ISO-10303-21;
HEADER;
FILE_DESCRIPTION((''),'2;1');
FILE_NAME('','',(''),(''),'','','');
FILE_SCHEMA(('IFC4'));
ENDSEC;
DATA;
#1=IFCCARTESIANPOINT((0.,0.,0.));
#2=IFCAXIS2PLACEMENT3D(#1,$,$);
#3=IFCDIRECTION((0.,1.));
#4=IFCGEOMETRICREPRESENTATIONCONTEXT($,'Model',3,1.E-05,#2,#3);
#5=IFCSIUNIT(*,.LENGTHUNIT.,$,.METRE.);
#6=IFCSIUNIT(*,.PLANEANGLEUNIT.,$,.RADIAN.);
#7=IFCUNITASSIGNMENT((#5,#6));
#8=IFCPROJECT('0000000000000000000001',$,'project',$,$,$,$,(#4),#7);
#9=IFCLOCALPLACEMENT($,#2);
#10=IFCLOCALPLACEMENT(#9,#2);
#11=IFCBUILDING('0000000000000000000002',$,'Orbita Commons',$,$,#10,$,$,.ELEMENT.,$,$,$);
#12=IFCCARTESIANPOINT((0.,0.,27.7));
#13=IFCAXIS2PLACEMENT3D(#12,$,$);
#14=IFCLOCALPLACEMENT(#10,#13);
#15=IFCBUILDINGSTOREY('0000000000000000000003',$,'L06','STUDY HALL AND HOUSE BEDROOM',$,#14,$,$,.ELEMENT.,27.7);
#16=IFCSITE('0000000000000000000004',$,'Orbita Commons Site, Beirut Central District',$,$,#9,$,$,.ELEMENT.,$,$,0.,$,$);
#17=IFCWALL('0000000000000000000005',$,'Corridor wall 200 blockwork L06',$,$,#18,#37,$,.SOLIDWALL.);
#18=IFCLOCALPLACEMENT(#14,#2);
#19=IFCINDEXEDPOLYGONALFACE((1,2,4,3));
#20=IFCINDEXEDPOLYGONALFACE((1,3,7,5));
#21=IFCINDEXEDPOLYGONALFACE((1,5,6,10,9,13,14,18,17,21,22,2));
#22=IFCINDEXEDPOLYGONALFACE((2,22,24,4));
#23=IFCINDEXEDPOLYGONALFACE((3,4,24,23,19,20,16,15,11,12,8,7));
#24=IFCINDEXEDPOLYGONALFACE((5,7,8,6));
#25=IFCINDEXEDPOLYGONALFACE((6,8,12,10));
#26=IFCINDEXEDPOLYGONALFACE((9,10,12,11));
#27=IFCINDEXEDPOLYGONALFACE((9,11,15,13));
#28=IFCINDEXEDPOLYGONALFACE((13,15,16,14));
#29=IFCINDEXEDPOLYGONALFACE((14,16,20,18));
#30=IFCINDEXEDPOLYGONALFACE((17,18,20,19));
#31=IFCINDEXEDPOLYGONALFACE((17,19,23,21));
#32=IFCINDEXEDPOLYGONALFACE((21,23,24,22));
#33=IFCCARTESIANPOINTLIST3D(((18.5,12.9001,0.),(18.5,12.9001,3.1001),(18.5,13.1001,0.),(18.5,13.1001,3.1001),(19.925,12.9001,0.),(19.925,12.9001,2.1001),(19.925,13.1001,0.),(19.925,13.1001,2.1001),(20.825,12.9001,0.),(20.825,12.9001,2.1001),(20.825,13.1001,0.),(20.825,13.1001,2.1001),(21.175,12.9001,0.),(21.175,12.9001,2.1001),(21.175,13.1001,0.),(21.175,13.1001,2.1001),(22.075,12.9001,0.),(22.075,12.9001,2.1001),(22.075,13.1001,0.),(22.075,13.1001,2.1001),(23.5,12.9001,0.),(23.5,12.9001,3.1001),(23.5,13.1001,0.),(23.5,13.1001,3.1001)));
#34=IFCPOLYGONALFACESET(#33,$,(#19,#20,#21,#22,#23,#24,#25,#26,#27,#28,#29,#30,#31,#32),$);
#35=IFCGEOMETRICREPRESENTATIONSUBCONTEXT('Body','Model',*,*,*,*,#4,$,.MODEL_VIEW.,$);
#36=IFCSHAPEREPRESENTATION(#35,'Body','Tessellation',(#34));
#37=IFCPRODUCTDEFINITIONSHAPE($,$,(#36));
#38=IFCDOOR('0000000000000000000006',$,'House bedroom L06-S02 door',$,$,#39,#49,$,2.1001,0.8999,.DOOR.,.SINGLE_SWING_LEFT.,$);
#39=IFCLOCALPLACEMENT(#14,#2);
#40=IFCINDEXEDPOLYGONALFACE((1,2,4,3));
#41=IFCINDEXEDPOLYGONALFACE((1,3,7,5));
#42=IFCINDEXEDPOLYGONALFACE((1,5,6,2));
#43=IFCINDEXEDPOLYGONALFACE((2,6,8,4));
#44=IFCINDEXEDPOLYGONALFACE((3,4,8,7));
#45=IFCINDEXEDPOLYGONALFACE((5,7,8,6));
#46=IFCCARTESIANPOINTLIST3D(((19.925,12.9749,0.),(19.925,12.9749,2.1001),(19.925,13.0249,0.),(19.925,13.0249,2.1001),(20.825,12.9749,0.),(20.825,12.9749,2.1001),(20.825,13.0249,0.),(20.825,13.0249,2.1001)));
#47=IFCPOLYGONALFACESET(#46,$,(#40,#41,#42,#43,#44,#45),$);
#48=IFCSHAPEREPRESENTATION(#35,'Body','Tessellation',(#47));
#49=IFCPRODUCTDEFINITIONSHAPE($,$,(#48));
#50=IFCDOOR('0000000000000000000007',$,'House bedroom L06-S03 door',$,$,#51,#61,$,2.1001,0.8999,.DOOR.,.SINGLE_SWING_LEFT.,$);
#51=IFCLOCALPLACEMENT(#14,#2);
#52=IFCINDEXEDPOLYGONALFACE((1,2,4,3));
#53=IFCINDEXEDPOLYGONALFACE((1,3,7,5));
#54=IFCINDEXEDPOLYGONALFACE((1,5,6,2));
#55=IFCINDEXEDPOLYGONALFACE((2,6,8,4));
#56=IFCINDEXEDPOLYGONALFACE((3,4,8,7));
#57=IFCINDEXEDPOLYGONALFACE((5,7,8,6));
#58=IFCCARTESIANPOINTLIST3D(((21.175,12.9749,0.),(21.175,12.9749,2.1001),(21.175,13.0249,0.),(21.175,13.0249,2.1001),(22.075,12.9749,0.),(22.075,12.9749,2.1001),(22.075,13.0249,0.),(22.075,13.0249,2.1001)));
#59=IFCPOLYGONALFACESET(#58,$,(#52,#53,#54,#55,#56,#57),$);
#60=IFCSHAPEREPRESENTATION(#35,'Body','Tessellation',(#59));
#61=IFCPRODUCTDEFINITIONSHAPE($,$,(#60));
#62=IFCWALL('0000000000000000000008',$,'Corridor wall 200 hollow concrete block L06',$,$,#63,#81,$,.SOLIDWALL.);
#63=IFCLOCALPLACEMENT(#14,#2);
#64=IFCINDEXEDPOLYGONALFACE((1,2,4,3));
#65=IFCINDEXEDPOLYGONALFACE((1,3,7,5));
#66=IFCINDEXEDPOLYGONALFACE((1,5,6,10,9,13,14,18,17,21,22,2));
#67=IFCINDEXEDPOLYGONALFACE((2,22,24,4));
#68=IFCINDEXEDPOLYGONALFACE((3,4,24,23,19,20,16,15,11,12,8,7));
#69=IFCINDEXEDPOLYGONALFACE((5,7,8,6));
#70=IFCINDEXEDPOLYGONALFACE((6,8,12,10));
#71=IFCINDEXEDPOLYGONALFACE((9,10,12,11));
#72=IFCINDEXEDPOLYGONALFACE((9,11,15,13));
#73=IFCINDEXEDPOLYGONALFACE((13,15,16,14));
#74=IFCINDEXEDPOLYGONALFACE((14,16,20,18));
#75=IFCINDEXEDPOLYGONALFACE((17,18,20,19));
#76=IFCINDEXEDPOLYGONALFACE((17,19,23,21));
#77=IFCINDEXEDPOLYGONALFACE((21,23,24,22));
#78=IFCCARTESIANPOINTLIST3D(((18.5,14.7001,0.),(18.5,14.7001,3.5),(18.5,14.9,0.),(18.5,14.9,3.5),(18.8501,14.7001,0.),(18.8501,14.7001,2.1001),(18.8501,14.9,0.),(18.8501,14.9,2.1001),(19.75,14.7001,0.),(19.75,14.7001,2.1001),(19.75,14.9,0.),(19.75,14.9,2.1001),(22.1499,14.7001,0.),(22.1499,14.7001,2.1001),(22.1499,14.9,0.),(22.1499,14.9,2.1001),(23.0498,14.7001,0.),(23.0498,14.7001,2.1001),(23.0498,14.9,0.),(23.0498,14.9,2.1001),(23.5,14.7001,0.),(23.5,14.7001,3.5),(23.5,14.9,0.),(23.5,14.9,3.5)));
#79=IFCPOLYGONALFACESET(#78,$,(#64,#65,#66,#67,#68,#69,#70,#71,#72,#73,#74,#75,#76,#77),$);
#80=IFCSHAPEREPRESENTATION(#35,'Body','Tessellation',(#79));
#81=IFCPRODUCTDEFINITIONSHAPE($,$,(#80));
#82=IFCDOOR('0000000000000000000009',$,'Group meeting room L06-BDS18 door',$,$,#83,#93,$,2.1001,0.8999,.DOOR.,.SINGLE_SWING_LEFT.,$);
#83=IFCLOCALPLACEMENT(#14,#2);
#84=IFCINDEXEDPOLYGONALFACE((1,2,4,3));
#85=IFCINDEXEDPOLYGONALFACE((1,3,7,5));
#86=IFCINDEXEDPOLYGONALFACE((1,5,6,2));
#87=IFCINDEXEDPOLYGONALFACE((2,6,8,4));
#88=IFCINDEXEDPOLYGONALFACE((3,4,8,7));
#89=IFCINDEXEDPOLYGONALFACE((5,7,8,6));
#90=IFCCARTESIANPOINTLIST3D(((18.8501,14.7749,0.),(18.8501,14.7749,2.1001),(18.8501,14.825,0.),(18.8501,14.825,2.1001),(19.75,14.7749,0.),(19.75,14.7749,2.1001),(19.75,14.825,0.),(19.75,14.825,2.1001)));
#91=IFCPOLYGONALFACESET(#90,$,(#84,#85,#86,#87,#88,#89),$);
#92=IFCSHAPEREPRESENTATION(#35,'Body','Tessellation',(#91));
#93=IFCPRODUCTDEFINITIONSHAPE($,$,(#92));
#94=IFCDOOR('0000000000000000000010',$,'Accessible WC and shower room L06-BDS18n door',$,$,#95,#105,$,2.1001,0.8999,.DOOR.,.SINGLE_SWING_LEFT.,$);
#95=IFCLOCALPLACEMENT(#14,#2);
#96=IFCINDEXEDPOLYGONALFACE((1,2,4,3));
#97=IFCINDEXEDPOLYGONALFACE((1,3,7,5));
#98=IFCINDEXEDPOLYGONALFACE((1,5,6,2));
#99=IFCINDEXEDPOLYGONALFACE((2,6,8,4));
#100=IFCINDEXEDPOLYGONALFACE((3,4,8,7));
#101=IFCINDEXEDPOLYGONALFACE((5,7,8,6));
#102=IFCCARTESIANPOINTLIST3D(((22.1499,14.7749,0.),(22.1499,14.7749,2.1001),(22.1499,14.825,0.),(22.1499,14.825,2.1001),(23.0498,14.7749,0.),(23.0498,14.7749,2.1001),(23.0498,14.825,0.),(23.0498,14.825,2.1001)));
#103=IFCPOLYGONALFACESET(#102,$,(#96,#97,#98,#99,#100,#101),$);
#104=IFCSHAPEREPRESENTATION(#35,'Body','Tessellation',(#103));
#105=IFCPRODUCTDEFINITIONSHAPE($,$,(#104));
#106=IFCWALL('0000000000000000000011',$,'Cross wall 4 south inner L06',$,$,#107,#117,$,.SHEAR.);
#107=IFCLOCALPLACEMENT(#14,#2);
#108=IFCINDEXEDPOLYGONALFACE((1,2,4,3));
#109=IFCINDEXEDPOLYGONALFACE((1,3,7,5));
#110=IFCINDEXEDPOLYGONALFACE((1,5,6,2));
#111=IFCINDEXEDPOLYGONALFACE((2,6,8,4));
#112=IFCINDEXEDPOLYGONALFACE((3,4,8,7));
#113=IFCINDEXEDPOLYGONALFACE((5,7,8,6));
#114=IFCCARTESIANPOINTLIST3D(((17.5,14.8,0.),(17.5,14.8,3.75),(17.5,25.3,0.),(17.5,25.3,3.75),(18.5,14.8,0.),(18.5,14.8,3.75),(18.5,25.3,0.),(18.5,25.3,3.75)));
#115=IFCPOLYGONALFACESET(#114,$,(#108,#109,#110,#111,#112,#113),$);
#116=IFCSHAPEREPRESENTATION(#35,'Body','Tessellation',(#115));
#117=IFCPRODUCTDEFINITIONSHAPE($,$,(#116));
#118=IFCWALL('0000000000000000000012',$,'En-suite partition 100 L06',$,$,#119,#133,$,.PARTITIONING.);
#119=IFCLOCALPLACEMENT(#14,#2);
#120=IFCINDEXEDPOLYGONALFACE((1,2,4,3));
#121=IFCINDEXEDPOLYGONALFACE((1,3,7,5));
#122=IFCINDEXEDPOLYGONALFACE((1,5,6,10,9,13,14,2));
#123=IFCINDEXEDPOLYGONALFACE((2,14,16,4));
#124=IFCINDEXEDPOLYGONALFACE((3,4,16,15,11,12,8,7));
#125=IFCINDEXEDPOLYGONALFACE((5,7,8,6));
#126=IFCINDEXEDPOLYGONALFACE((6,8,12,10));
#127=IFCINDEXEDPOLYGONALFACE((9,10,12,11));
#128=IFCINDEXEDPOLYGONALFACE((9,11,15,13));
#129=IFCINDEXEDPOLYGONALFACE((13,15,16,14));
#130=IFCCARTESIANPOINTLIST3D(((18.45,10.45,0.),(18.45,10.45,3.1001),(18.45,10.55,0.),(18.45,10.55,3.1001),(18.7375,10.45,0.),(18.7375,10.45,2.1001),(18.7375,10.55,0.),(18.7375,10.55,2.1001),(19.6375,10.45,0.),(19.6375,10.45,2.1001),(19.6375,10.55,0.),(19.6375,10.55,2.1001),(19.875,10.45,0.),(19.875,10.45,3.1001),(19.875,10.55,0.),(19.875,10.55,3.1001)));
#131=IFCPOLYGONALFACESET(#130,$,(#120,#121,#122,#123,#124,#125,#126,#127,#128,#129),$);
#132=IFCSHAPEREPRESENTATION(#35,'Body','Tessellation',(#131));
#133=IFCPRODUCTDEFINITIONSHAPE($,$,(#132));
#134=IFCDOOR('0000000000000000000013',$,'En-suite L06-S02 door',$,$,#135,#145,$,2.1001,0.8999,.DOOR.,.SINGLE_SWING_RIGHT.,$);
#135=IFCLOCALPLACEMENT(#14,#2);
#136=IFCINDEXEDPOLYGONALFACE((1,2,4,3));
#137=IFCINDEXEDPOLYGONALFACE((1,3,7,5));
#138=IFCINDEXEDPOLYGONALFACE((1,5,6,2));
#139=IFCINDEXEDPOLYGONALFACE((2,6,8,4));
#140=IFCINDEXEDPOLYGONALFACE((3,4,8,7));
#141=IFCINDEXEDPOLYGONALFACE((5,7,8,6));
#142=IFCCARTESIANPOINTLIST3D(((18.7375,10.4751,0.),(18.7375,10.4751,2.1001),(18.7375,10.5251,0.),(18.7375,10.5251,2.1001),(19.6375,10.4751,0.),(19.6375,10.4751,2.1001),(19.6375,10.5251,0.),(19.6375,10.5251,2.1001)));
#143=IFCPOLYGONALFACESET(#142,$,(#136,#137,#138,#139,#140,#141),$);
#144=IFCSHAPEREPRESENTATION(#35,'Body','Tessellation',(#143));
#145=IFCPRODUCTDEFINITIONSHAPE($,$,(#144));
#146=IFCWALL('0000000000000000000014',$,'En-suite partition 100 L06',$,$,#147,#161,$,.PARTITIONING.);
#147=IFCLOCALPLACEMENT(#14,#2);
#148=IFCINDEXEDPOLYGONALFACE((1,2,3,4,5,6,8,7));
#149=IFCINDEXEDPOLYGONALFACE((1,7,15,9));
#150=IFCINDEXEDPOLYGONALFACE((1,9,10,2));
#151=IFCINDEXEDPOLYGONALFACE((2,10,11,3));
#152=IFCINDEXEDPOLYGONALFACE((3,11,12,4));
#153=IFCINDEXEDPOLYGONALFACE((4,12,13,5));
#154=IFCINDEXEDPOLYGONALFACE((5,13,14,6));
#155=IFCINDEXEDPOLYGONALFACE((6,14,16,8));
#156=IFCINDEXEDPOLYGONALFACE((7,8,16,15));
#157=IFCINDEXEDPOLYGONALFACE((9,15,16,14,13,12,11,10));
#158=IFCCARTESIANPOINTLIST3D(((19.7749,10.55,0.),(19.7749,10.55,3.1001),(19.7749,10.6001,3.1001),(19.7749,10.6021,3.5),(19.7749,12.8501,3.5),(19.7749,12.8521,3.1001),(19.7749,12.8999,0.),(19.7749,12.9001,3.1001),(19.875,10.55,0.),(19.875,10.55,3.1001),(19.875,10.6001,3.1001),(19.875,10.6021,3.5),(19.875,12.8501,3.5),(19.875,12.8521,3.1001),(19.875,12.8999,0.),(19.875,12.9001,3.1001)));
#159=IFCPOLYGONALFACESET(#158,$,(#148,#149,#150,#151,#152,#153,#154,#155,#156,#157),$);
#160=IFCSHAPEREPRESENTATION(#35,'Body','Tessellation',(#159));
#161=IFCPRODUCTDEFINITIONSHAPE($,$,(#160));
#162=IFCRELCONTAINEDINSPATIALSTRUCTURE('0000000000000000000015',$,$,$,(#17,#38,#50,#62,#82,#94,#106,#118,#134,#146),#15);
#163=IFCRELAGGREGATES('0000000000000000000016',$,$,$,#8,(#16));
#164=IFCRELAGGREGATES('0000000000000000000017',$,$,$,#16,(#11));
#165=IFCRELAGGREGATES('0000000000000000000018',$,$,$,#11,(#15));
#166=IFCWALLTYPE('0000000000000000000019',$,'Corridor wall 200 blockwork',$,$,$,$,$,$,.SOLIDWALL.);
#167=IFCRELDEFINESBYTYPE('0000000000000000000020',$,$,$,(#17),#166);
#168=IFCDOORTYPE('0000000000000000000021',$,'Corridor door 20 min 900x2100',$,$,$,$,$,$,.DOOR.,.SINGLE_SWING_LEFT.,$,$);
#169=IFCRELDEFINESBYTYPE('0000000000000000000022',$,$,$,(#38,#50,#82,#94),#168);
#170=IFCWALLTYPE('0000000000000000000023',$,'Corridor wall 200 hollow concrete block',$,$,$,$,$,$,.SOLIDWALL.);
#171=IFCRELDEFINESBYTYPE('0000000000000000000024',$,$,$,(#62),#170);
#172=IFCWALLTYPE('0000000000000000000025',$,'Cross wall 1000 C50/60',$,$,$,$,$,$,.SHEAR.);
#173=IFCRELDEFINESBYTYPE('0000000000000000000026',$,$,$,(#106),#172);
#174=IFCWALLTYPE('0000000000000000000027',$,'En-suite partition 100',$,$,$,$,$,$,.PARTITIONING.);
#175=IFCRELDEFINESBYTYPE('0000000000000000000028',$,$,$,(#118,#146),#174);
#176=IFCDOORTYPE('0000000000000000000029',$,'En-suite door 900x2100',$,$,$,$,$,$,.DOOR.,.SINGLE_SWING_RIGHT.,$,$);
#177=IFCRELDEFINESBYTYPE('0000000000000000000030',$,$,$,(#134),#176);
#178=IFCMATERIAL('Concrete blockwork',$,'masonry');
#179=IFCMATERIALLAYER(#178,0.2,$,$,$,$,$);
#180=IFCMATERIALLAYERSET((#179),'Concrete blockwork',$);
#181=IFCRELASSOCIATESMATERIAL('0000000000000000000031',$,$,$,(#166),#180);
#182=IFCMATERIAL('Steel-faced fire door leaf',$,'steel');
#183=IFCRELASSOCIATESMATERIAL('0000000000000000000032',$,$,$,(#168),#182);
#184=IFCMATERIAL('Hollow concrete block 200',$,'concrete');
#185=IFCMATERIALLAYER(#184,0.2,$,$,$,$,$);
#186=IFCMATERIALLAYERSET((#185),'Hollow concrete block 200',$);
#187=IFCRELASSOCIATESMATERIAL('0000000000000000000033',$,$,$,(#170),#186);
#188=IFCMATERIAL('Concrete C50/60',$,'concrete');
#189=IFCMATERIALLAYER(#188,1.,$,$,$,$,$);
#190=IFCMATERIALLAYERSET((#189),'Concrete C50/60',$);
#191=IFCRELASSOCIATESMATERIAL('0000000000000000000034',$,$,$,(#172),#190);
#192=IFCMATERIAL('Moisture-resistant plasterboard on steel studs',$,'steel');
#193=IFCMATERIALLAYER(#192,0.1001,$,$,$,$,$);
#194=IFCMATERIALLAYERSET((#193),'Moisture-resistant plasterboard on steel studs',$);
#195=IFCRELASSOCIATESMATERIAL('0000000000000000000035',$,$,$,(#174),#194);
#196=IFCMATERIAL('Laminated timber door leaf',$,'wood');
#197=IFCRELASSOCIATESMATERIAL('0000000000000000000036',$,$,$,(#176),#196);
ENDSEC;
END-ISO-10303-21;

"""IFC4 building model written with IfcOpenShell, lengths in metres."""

from ifc_helpers import new_model, si_unit, direction, frame, frame_2d, origin, place, context, subcontext, project, spatial, polyline, rectangle, outline, extrude, material, layer, layer_set, type_object, element, fill, save


model = new_model("IFC4")

# Units and contexts
model_context = context("Model", 3, precision=1e-05, world=origin(), true_north=direction((0.0, 1.0)))
body_context = subcontext(model_context, "Body", "Model", "MODEL_VIEW")
ifc_project = project(units=[si_unit("LENGTHUNIT", "METRE"), si_unit("PLANEANGLEUNIT", "RADIAN")], contexts=[model_context])

# Site, building, storey
site_placement = place(None, origin())
site = spatial("IfcSite", under=ifc_project, at=site_placement, Name="Orbita Commons Site, Beirut Central District", CompositionType="ELEMENT", RefElevation=0.0)
building_placement = place(site_placement, origin())
building = spatial("IfcBuilding", under=site, at=building_placement, Name="Orbita Commons", CompositionType="ELEMENT")
storey_placement = place(building_placement, frame((0.0, 0.0, 27.7)))
storey = spatial("IfcBuildingStorey", under=building, at=storey_placement, Name="L06", Description="STUDY HALL AND HOUSE BEDROOM", CompositionType="ELEMENT", Elevation=27.7)

# Walls, openings, doors
ifc_material_1 = material(Name="Concrete blockwork", Category="masonry")
ifc_layer_1 = layer(ifc_material_1, 0.2)
ifc_layer_set_1 = layer_set([ifc_layer_1], Name="Concrete blockwork")
wall_type_1 = type_object("IfcWallType", Name="Corridor wall 200 blockwork", PredefinedType="SOLIDWALL", material=ifc_layer_set_1)
wall_1_placement = place(storey_placement, frame((18.5, 13.0, 0.0), z_axis=(0.0, 0.0, 1.0), x_axis=(1.0, 0.0, 0.0)))
wall_1 = element("IfcWall", 1, at=wall_1_placement, inside=storey, type_object=wall_type_1, Name="Corridor wall 200 blockwork L06", PredefinedType="SOLIDWALL", context=body_context, shape_type="SweptSolid", body=[
    extrude(outline(polyline([(0.0, 0.0), (5.0, 0.0), (5.0, 3.1001), (0.0, 3.1001), (0.0, 0.0)])), frame((0.0, 0.1001, 0.0), z_axis=(0.0, -1.0, 0.0), x_axis=(1.0, 0.0, 0.0)), (0.0, 0.0, 1.0), 0.2),
])
opening_1_placement = place(wall_1_placement, frame((1.425, 0.0, 0.0)))
opening_1 = element("IfcOpeningElement", 2, at=opening_1_placement, cuts=wall_1, PredefinedType="OPENING", context=body_context, shape_type="SweptSolid", body=[
    extrude(rectangle(XDim=0.8999, YDim=2.1001, at=frame_2d((0.45, 1.05))), frame((0.0, 0.1099, 0.0), z_axis=(0.0, -1.0, 0.0), x_axis=(1.0, 0.0, 0.0)), (0.0, 0.0, 1.0), 0.22),
])
opening_2_placement = place(wall_1_placement, frame((2.675, 0.0, 0.0)))
opening_2 = element("IfcOpeningElement", 3, at=opening_2_placement, cuts=wall_1, PredefinedType="OPENING", context=body_context, shape_type="SweptSolid", body=[
    extrude(rectangle(XDim=0.8999, YDim=2.1001, at=frame_2d((0.45, 1.05))), frame((0.0, 0.1099, 0.0), z_axis=(0.0, -1.0, 0.0), x_axis=(1.0, 0.0, 0.0)), (0.0, 0.0, 1.0), 0.22),
])
ifc_material_2 = material(Name="Steel-faced fire door leaf", Category="steel")
door_type_1 = type_object("IfcDoorType", Name="Corridor door 20 min 900x2100", OperationType="SINGLE_SWING_LEFT", PredefinedType="DOOR", material=ifc_material_2)
door_1_placement = place(opening_1_placement, origin())
door_1 = element("IfcDoor", 4, at=door_1_placement, inside=storey, type_object=door_type_1, Name="House bedroom L06-S02 door", OperationType="SINGLE_SWING_LEFT", OverallHeight=2.1001, OverallWidth=0.8999, PredefinedType="DOOR", context=body_context, shape_type="SweptSolid", body=[
    extrude(rectangle(XDim=0.8999, YDim=2.1001, at=frame_2d((0.45, 1.05))), frame((0.0, 0.0249, 0.0), z_axis=(0.0, -1.0, 0.0), x_axis=(1.0, 0.0, 0.0)), (0.0, 0.0, 1.0), 0.05),
])
fill(opening_1, door_1)
door_2_placement = place(opening_2_placement, origin())
door_2 = element("IfcDoor", 5, at=door_2_placement, inside=storey, type_object=door_type_1, Name="House bedroom L06-S03 door", OperationType="SINGLE_SWING_LEFT", OverallHeight=2.1001, OverallWidth=0.8999, PredefinedType="DOOR", context=body_context, shape_type="SweptSolid", body=[
    extrude(rectangle(XDim=0.8999, YDim=2.1001, at=frame_2d((0.45, 1.05))), frame((0.0, 0.0249, 0.0), z_axis=(0.0, -1.0, 0.0), x_axis=(1.0, 0.0, 0.0)), (0.0, 0.0, 1.0), 0.05),
])
fill(opening_2, door_2)
ifc_material_3 = material(Name="Hollow concrete block 200", Category="concrete")
ifc_layer_2 = layer(ifc_material_3, 0.2)
ifc_layer_set_2 = layer_set([ifc_layer_2], Name="Hollow concrete block 200")
wall_type_2 = type_object("IfcWallType", Name="Corridor wall 200 hollow concrete block", PredefinedType="SOLIDWALL", material=ifc_layer_set_2)
wall_2_placement = place(storey_placement, frame((18.5, 14.8, 0.0), z_axis=(0.0, 0.0, 1.0), x_axis=(1.0, 0.0, 0.0)))
wall_2 = element("IfcWall", 6, at=wall_2_placement, inside=storey, type_object=wall_type_2, Name="Corridor wall 200 hollow concrete block L06", PredefinedType="SOLIDWALL", context=body_context, shape_type="SweptSolid", body=[
    extrude(rectangle(XDim=5.0, YDim=0.2, at=frame_2d((2.5, 0.0))), origin(), (0.0, 0.0, 1.0), 3.5),
])
opening_3_placement = place(wall_2_placement, frame((0.3501, 0.0, 0.0)))
opening_3 = element("IfcOpeningElement", 7, at=opening_3_placement, cuts=wall_2, PredefinedType="OPENING", context=body_context, shape_type="SweptSolid", body=[
    extrude(rectangle(XDim=0.8999, YDim=2.1001, at=frame_2d((0.45, 1.05))), frame((0.0, 0.1099, 0.0), z_axis=(0.0, -1.0, 0.0), x_axis=(1.0, 0.0, 0.0)), (0.0, 0.0, 1.0), 0.22),
])
opening_4_placement = place(wall_2_placement, frame((3.6499, 0.0, 0.0)))
opening_4 = element("IfcOpeningElement", 8, at=opening_4_placement, cuts=wall_2, PredefinedType="OPENING", context=body_context, shape_type="SweptSolid", body=[
    extrude(rectangle(XDim=0.8999, YDim=2.1001, at=frame_2d((0.45, 1.05))), frame((0.0, 0.1099, 0.0), z_axis=(0.0, -1.0, 0.0), x_axis=(1.0, 0.0, 0.0)), (0.0, 0.0, 1.0), 0.22),
])
door_3_placement = place(opening_3_placement, origin())
door_3 = element("IfcDoor", 9, at=door_3_placement, inside=storey, type_object=door_type_1, Name="Group meeting room L06-BDS18 door", OperationType="SINGLE_SWING_LEFT", OverallHeight=2.1001, OverallWidth=0.8999, PredefinedType="DOOR", context=body_context, shape_type="SweptSolid", body=[
    extrude(rectangle(XDim=0.8999, YDim=2.1001, at=frame_2d((0.45, 1.05))), frame((0.0, 0.0249, 0.0), z_axis=(0.0, -1.0, 0.0), x_axis=(1.0, 0.0, 0.0)), (0.0, 0.0, 1.0), 0.05),
])
fill(opening_3, door_3)
door_4_placement = place(opening_4_placement, origin())
door_4 = element("IfcDoor", 10, at=door_4_placement, inside=storey, type_object=door_type_1, Name="Accessible WC and shower room L06-BDS18n door", OperationType="SINGLE_SWING_LEFT", OverallHeight=2.1001, OverallWidth=0.8999, PredefinedType="DOOR", context=body_context, shape_type="SweptSolid", body=[
    extrude(rectangle(XDim=0.8999, YDim=2.1001, at=frame_2d((0.45, 1.05))), frame((0.0, 0.0249, 0.0), z_axis=(0.0, -1.0, 0.0), x_axis=(1.0, 0.0, 0.0)), (0.0, 0.0, 1.0), 0.05),
])
fill(opening_4, door_4)

# Wall
ifc_material_4 = material(Name="Concrete C50/60", Category="concrete")
ifc_layer_3 = layer(ifc_material_4, 1.0)
ifc_layer_set_3 = layer_set([ifc_layer_3], Name="Concrete C50/60")
wall_type_3 = type_object("IfcWallType", Name="Cross wall 1000 C50/60", PredefinedType="SHEAR", material=ifc_layer_set_3)
wall_3_placement = place(storey_placement, frame((18.0, 14.8, 0.0), z_axis=(0.0, 0.0, 1.0), x_axis=(0.0, 1.0, 0.0)))
element("IfcWall", 11, at=wall_3_placement, inside=storey, type_object=wall_type_3, Name="Cross wall 4 south inner L06", PredefinedType="SHEAR", context=body_context, shape_type="SweptSolid", body=[
    extrude(rectangle(XDim=10.5, YDim=1.0, at=frame_2d((5.25, 0.0))), origin(), (0.0, 0.0, 1.0), 3.75),
])

# Wall, opening, door
ifc_material_5 = material(Name="Moisture-resistant plasterboard on steel studs", Category="steel")
ifc_layer_4 = layer(ifc_material_5, 0.1001)
ifc_layer_set_4 = layer_set([ifc_layer_4], Name="Moisture-resistant plasterboard on steel studs")
wall_type_4 = type_object("IfcWallType", Name="En-suite partition 100", PredefinedType="PARTITIONING", material=ifc_layer_set_4)
wall_4_placement = place(storey_placement, frame((19.875, 10.5, 0.0), z_axis=(0.0, 0.0, 1.0), x_axis=(-1.0, 0.0, 0.0)))
wall_4 = element("IfcWall", 12, at=wall_4_placement, inside=storey, type_object=wall_type_4, Name="En-suite partition 100 L06", PredefinedType="PARTITIONING", context=body_context, shape_type="SweptSolid", body=[
    extrude(outline(polyline([(0.0, 0.0), (1.425, 0.0), (1.425, 3.1001), (0.0, 3.1001), (0.0, 0.0)])), frame((0.0, 0.05, 0.0), z_axis=(0.0, -1.0, 0.0), x_axis=(1.0, 0.0, 0.0)), (0.0, 0.0, 1.0), 0.1001),
])
opening_5_placement = place(wall_4_placement, frame((0.2375, 0.0, 0.0)))
opening_5 = element("IfcOpeningElement", 13, at=opening_5_placement, cuts=wall_4, PredefinedType="OPENING", context=body_context, shape_type="SweptSolid", body=[
    extrude(rectangle(XDim=0.8999, YDim=2.1001, at=frame_2d((0.45, 1.05))), frame((0.0, 0.0601, 0.0), z_axis=(0.0, -1.0, 0.0), x_axis=(1.0, 0.0, 0.0)), (0.0, 0.0, 1.0), 0.1201),
])
ifc_material_6 = material(Name="Laminated timber door leaf", Category="wood")
door_type_2 = type_object("IfcDoorType", Name="En-suite door 900x2100", OperationType="SINGLE_SWING_RIGHT", PredefinedType="DOOR", material=ifc_material_6)
door_5_placement = place(opening_5_placement, origin())
door_5 = element("IfcDoor", 14, at=door_5_placement, inside=storey, type_object=door_type_2, Name="En-suite L06-S02 door", OperationType="SINGLE_SWING_RIGHT", OverallHeight=2.1001, OverallWidth=0.8999, PredefinedType="DOOR", context=body_context, shape_type="SweptSolid", body=[
    extrude(rectangle(XDim=0.8999, YDim=2.1001, at=frame_2d((0.45, 1.05))), frame((0.0, 0.0249, 0.0), z_axis=(0.0, -1.0, 0.0), x_axis=(1.0, 0.0, 0.0)), (0.0, 0.0, 1.0), 0.05),
])
fill(opening_5, door_5)

# Wall
for number, where, z_axis, x_axis, name in (
    (15, (19.825, 10.55, 0.0), (0.0, 0.0, 1.0), (0.0, 1.0, 0.0), "En-suite partition 100 L06"),
):
    element("IfcWall", number, at=place(storey_placement, frame(where, z_axis=z_axis, x_axis=x_axis)), inside=storey, type_object=wall_type_4, Name=name, PredefinedType="PARTITIONING", context=body_context, shape_type="SweptSolid", body=[
        extrude(outline(polyline([(0.0, 0.0), (2.3499, 0.0), (2.3501, 3.1001), (2.302, 3.1001), (2.3, 3.5), (0.052, 3.5), (0.05, 3.1001), (0.0, 3.1001), (0.0, 0.0)])), frame((0.0, 0.05, 0.0), z_axis=(0.0, -1.0, 0.0), x_axis=(1.0, 0.0, 0.0)), (0.0, 0.0, 1.0), 0.1001),
    ])

save(model, "model.ifc")
